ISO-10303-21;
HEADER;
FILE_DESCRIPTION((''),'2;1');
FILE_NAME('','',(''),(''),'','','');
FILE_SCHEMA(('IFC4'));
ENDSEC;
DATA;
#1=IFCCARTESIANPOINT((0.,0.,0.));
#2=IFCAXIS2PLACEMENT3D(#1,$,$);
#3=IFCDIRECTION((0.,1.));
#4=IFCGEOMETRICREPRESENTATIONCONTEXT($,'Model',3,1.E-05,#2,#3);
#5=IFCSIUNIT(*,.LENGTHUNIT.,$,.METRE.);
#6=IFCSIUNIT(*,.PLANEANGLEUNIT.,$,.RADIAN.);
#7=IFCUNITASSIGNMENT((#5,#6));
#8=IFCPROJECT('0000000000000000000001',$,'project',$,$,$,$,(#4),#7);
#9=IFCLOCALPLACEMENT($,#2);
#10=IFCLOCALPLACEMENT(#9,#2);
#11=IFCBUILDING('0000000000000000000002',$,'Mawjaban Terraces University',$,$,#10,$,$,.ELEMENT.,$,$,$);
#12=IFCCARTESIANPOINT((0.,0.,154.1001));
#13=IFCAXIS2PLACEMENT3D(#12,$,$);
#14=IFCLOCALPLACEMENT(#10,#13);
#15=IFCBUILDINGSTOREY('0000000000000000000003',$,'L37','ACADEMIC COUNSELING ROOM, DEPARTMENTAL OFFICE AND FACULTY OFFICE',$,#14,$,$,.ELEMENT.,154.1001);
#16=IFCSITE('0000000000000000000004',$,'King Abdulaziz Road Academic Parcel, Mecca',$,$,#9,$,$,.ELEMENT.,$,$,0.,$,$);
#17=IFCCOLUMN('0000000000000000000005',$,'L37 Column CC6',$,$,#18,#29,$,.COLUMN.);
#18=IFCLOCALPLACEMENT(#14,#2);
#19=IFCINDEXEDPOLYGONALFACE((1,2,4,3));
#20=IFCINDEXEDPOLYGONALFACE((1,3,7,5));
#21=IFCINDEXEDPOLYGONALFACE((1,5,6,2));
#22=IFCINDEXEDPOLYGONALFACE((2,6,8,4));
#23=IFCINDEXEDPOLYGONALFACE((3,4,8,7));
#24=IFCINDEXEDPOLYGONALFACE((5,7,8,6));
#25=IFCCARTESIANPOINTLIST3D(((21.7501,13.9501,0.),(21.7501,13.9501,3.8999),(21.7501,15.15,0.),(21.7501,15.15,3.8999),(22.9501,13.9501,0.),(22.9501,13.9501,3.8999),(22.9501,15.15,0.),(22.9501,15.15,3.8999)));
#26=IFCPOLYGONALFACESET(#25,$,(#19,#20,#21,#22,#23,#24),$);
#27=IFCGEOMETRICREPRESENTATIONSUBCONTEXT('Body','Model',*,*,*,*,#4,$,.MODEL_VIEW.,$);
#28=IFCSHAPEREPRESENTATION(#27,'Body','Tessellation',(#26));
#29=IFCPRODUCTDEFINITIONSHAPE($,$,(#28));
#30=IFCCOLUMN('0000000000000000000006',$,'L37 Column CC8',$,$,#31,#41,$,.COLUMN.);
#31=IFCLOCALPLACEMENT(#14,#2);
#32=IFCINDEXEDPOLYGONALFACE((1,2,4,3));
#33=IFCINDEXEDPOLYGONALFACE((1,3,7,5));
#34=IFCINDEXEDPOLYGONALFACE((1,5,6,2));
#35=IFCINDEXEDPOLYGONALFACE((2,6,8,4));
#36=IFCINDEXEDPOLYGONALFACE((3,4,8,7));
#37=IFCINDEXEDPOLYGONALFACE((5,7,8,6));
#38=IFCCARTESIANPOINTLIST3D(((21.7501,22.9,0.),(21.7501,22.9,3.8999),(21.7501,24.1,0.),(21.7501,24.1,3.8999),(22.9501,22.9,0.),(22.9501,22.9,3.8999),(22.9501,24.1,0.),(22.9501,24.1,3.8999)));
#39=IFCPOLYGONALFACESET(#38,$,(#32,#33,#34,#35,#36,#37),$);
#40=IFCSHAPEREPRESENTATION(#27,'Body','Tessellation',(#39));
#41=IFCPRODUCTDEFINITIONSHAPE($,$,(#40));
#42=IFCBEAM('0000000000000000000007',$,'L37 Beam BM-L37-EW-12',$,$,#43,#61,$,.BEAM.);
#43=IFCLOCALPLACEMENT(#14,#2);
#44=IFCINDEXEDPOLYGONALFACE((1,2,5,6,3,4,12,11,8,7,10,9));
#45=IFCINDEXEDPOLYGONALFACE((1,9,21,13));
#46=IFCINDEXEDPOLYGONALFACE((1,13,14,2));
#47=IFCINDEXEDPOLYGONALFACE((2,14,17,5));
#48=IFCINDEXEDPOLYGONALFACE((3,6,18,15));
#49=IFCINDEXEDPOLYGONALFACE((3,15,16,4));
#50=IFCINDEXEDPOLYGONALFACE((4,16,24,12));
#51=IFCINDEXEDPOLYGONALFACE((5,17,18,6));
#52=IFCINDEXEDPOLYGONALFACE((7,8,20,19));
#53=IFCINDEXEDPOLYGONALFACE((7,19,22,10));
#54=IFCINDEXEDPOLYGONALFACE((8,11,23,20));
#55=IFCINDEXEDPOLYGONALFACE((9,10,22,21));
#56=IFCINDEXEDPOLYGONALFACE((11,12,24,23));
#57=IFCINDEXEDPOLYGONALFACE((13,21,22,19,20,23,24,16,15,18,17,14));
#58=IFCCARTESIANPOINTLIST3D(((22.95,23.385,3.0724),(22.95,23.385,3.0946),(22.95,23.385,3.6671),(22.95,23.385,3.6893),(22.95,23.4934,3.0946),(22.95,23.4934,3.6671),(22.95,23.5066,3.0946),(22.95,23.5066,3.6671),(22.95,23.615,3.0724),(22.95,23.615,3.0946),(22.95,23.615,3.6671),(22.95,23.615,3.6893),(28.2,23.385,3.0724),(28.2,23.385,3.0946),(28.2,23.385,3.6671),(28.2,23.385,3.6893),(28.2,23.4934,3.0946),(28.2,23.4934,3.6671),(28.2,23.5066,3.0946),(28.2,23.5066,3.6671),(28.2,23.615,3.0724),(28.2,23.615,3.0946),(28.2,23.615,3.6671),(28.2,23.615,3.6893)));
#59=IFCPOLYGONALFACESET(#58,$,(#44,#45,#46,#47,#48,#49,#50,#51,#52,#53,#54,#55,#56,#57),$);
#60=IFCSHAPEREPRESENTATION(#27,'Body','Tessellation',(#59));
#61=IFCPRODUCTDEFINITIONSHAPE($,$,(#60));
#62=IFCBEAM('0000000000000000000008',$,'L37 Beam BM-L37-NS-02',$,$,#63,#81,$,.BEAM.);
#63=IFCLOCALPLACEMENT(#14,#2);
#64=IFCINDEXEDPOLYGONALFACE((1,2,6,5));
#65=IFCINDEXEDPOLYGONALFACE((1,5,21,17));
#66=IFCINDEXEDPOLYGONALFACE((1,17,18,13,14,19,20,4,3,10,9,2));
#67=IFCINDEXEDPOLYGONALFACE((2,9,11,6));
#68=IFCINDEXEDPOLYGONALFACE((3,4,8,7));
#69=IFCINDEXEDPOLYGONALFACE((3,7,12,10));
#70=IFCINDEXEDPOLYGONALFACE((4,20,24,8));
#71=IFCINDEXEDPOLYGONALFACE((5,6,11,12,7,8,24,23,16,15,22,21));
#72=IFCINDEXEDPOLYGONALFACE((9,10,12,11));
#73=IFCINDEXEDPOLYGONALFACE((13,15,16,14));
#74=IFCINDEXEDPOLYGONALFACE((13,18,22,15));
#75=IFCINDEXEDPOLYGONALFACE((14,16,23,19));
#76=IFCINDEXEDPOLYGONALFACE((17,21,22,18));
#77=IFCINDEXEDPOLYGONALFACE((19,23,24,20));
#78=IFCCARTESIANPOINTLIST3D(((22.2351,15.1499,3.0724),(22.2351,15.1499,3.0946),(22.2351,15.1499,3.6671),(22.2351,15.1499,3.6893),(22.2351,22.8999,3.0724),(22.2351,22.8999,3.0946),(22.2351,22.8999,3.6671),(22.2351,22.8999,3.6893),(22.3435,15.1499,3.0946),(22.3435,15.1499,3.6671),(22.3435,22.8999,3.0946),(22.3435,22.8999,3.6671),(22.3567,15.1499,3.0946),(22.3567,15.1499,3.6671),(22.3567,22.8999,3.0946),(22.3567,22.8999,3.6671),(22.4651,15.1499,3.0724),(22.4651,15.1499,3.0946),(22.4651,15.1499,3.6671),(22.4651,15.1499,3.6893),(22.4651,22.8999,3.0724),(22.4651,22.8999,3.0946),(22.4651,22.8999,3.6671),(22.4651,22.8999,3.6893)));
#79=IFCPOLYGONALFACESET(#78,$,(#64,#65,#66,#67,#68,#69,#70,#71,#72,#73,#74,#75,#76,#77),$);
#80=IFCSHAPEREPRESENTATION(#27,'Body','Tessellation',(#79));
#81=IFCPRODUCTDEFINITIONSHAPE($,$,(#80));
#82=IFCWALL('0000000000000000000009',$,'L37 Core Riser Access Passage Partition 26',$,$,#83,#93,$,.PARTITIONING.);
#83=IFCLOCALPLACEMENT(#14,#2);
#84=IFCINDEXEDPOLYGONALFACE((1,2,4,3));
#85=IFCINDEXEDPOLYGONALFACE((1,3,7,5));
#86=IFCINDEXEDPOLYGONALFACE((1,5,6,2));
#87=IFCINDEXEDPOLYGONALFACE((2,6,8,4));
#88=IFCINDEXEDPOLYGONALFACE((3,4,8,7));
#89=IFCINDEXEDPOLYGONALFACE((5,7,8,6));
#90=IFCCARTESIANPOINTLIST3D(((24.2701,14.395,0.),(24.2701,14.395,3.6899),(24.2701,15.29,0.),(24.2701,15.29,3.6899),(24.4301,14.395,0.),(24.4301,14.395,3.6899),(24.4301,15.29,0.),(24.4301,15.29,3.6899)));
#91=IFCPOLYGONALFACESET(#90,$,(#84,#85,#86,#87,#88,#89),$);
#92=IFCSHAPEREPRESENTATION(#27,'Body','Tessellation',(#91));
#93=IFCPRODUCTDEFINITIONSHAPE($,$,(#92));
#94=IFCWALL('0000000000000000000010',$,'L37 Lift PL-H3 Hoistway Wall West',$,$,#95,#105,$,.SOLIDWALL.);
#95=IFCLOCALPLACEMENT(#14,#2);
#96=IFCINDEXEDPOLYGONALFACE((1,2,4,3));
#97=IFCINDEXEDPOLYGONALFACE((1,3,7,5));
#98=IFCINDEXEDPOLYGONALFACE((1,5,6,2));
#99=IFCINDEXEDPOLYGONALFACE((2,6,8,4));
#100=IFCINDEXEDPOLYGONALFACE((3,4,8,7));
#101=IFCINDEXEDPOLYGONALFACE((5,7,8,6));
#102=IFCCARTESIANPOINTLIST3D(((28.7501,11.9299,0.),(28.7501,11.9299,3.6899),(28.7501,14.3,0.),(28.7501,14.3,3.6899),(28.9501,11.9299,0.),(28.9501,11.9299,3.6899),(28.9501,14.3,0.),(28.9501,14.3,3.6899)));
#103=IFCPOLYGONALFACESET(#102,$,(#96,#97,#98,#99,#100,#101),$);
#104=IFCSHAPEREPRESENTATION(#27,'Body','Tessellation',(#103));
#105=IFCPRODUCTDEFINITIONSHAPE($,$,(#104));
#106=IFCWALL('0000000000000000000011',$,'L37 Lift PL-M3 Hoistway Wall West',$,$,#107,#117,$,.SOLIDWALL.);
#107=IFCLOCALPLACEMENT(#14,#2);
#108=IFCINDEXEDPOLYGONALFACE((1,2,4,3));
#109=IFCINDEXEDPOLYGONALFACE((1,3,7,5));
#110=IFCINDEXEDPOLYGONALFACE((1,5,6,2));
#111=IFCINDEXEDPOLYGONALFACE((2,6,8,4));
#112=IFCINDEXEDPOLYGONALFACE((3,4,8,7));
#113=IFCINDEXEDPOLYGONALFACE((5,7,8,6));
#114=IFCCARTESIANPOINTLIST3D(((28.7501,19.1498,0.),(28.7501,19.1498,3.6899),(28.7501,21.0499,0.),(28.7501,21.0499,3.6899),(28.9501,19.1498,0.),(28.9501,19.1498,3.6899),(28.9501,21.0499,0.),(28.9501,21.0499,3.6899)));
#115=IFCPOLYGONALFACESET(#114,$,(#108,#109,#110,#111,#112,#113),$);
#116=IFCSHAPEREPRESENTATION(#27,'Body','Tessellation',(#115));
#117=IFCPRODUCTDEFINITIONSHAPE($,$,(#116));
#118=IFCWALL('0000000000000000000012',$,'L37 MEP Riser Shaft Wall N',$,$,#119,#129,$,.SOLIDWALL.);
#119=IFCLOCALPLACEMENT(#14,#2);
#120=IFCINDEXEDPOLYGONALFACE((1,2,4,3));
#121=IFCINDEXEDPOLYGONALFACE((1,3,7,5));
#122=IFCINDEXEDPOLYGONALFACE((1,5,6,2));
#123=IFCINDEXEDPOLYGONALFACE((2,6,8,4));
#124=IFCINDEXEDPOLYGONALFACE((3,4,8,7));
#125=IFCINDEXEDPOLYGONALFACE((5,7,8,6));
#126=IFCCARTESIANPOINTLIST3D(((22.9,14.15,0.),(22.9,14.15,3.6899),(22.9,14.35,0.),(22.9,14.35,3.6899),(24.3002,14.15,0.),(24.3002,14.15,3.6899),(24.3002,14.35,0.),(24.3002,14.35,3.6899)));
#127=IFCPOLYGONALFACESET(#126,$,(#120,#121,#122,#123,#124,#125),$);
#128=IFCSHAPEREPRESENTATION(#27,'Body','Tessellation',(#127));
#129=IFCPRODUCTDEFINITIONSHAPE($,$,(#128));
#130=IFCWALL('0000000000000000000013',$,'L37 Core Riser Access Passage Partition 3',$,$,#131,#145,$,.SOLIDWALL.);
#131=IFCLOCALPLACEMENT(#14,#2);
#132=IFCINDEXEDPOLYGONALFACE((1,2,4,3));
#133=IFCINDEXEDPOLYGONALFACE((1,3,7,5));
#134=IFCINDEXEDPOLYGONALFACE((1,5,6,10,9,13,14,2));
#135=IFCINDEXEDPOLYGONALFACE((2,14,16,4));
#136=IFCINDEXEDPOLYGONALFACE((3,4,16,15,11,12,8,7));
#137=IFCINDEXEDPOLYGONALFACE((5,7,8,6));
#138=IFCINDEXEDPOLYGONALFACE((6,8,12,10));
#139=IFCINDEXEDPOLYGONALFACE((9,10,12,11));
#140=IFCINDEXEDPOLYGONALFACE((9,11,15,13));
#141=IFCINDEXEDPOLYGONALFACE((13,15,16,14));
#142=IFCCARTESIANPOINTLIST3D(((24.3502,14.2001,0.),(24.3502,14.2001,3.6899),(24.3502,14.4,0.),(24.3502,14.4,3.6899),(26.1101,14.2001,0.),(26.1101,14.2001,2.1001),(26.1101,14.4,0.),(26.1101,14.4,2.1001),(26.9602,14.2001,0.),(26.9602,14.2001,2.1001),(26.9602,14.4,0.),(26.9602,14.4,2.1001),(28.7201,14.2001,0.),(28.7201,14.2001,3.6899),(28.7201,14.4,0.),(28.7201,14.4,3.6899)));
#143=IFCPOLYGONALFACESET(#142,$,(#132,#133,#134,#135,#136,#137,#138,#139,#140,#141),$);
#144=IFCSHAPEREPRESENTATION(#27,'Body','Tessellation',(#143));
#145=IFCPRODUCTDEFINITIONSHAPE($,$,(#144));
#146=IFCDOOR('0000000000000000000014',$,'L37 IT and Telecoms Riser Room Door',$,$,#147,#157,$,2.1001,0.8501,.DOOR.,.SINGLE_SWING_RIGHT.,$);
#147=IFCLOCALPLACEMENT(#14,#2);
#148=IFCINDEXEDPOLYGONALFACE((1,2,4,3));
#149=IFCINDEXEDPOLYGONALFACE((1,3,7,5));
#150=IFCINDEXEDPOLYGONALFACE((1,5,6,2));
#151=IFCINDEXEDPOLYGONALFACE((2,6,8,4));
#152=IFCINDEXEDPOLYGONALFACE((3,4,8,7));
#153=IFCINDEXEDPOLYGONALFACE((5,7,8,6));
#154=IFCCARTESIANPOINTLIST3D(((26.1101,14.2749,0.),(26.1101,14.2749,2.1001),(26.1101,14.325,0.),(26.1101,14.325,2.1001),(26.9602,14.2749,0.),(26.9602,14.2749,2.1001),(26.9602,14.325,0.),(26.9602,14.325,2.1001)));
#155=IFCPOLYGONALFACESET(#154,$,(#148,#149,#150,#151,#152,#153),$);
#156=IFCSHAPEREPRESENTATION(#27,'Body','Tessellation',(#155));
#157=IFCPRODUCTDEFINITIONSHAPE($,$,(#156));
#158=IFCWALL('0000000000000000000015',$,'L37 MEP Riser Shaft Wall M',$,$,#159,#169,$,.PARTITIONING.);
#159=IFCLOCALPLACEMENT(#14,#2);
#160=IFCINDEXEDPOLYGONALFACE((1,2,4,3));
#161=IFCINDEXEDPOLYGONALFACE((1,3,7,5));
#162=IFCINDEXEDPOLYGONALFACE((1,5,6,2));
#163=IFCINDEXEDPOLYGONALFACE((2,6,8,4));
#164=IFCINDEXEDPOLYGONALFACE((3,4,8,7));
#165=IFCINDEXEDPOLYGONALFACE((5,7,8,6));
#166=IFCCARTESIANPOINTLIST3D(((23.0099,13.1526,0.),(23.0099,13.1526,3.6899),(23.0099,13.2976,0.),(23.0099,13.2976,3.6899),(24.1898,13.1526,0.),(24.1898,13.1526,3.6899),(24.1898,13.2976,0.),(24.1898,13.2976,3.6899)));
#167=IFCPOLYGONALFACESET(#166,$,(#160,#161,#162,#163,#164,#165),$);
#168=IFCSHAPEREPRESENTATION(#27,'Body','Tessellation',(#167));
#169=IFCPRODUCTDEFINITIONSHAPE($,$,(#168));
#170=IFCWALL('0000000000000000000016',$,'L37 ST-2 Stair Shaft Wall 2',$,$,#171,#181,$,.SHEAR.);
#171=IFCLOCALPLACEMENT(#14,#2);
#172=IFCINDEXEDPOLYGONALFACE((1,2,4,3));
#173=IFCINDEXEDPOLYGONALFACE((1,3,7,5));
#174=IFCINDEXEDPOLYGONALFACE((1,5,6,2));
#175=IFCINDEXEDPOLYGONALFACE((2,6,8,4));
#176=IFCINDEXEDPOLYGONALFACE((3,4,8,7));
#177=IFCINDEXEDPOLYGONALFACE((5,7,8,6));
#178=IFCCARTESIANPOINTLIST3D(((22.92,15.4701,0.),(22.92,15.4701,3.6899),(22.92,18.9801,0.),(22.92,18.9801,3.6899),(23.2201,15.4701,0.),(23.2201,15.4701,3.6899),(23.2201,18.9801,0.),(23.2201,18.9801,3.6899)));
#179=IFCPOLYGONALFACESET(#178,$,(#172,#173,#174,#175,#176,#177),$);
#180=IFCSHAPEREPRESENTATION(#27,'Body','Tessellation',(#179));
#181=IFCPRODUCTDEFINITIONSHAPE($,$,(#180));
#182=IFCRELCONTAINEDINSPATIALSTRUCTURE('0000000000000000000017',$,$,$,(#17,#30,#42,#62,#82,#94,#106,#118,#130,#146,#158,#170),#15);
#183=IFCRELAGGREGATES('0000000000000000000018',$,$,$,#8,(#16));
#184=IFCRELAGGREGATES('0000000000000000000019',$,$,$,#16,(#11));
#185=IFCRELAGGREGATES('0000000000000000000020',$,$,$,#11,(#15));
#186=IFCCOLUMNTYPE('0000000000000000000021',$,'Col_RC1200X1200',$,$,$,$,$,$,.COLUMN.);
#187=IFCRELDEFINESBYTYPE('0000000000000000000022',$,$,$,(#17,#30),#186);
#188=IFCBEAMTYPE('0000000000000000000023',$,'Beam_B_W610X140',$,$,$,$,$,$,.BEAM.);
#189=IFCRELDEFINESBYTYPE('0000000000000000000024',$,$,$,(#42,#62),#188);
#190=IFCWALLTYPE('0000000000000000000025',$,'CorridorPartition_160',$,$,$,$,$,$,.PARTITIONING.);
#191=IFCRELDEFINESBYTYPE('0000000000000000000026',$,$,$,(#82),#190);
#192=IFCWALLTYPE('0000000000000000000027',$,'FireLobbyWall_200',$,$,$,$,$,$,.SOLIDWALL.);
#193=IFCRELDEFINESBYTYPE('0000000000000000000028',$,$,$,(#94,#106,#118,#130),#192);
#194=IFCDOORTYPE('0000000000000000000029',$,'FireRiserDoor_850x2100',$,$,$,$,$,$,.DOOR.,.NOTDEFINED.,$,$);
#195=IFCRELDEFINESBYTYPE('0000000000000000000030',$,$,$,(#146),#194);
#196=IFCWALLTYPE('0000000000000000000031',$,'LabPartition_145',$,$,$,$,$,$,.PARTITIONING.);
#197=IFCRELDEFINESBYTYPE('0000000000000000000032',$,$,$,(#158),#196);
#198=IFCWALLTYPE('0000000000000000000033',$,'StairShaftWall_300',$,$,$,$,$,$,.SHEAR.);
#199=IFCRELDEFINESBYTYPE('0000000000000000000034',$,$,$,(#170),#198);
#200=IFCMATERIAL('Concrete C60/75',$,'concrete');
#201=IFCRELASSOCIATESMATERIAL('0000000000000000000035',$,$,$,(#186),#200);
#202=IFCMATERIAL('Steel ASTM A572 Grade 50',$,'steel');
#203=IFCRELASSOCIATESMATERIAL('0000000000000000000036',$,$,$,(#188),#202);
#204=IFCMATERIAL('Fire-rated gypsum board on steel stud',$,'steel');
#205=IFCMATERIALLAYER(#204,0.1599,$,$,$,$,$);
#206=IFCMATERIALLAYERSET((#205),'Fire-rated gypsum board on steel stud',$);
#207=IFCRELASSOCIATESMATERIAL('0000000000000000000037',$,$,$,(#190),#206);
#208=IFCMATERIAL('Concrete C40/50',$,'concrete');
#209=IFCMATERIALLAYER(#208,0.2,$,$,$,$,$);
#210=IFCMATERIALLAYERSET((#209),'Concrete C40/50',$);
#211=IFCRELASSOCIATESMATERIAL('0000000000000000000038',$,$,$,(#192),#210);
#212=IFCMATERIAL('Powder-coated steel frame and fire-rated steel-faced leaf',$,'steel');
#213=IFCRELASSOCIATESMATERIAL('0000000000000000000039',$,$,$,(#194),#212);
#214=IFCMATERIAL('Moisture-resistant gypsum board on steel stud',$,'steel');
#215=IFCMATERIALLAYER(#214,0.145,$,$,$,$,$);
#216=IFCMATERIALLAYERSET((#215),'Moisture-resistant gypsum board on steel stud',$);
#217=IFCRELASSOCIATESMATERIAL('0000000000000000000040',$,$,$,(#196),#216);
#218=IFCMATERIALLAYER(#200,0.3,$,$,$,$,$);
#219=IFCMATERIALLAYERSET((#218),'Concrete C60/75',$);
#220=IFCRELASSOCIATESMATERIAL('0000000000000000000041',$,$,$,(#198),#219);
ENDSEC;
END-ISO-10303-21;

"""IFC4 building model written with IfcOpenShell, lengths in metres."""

from ifc_helpers import new_model, si_unit, direction, frame, frame_2d, origin, origin_2d, place, context, subcontext, project, spatial, rectangle, i_section, extrude, material, layer, layer_set, material_profile, profile_set, type_object, element, fill, save


model = new_model("IFC4")

# Units and contexts
model_context = context("Model", 3, precision=1e-05, world=origin(), true_north=direction((0.0, 1.0)))
body_context = subcontext(model_context, "Body", "Model", "MODEL_VIEW")
ifc_project = project(units=[si_unit("LENGTHUNIT", "METRE"), si_unit("PLANEANGLEUNIT", "RADIAN")], contexts=[model_context])

# Site, building, storey
site_placement = place(None, origin())
site = spatial("IfcSite", under=ifc_project, at=site_placement, Name="King Abdulaziz Road Academic Parcel, Mecca", CompositionType="ELEMENT", RefElevation=0.0)
building_placement = place(site_placement, origin())
building = spatial("IfcBuilding", under=site, at=building_placement, Name="Mawjaban Terraces University", CompositionType="ELEMENT")
storey_placement = place(building_placement, frame((0.0, 0.0, 154.1001)))
storey = spatial("IfcBuildingStorey", under=building, at=storey_placement, Name="L37", Description="ACADEMIC COUNSELING ROOM, DEPARTMENTAL OFFICE AND FACULTY OFFICE", CompositionType="ELEMENT", Elevation=154.1001)

# Columns
ifc_material_1 = material(Name="Concrete C60/75", Category="concrete")
ifc_material_profile_1 = material_profile(ifc_material_1, rectangle(XDim=1.2, YDim=1.2, at=origin_2d()), Name="RC1200X1200")
ifc_profile_set_1 = profile_set([ifc_material_profile_1], Name="Concrete C60/75")
column_type = type_object("IfcColumnType", Name="Col_RC1200X1200", PredefinedType="COLUMN", material=ifc_profile_set_1)
for number, where, z_axis, x_axis, name in (
    (1, (22.3501, 14.55, 0.0), (0.0, 0.0, 1.0), (1.0, 0.0, 0.0), "L37 Column CC6"),
    (2, (22.3501, 23.5, 0.0), (0.0, 0.0, 1.0), (1.0, 0.0, 0.0), "L37 Column CC8"),
):
    element("IfcColumn", number, at=place(storey_placement, frame(where, z_axis=z_axis, x_axis=x_axis)), inside=storey, type_object=column_type, Name=name, PredefinedType="COLUMN", context=body_context, shape_type="SweptSolid", body=[
        extrude(rectangle(XDim=1.2, YDim=1.2, at=origin_2d()), origin(), (0.0, 0.0, 1.0), 3.8999),
    ])

# Beams
ifc_material_2 = material(Name="Steel ASTM A572 Grade 50", Category="steel")
ifc_material_profile_2 = material_profile(ifc_material_2, i_section(OverallWidth=0.23, OverallDepth=0.6169, WebThickness=0.0132, FlangeThickness=0.0222, at=origin_2d()), Name="W610X140")
ifc_profile_set_2 = profile_set([ifc_material_profile_2], Name="Steel ASTM A572 Grade 50")
beam_type = type_object("IfcBeamType", Name="Beam_B_W610X140", PredefinedType="BEAM", material=ifc_profile_set_2)
beam_1_placement = place(storey_placement, frame((22.95, 23.5, 3.3809), z_axis=(1.0, 0.0, 0.0), x_axis=(0.0, 1.0, 0.0)))
element("IfcBeam", 3, at=beam_1_placement, inside=storey, type_object=beam_type, Name="L37 Beam BM-L37-EW-12", PredefinedType="BEAM", context=body_context, shape_type="SweptSolid", body=[
    extrude(i_section(OverallWidth=0.23, OverallDepth=0.6169, WebThickness=0.0132, FlangeThickness=0.0222, at=origin_2d()), origin(), (0.0, 0.0, 1.0), 5.25),
])
beam_2_placement = place(storey_placement, frame((22.3501, 15.1499, 3.3809), z_axis=(0.0, 1.0, 0.0), x_axis=(-1.0, 0.0, 0.0)))
element("IfcBeam", 4, at=beam_2_placement, inside=storey, type_object=beam_type, Name="L37 Beam BM-L37-NS-02", PredefinedType="BEAM", context=body_context, shape_type="SweptSolid", body=[
    extrude(i_section(OverallWidth=0.23, OverallDepth=0.6169, WebThickness=0.0132, FlangeThickness=0.0222, at=origin_2d()), origin(), (0.0, 0.0, 1.0), 7.75),
])

# Walls
ifc_material_3 = material(Name="Fire-rated gypsum board on steel stud", Category="steel")
ifc_layer_1 = layer(ifc_material_3, 0.1599)
ifc_layer_set_1 = layer_set([ifc_layer_1], Name="Fire-rated gypsum board on steel stud")
wall_type_1 = type_object("IfcWallType", Name="CorridorPartition_160", PredefinedType="PARTITIONING", material=ifc_layer_set_1)
wall_1_placement = place(storey_placement, frame((24.3501, 15.29, 0.0), z_axis=(0.0, 0.0, 1.0), x_axis=(0.0, -1.0, 0.0)))
element("IfcWall", 5, at=wall_1_placement, inside=storey, type_object=wall_type_1, Name="L37 Core Riser Access Passage Partition 26", PredefinedType="PARTITIONING", context=body_context, shape_type="SweptSolid", body=[
    extrude(rectangle(XDim=0.895, YDim=0.1599, at=frame_2d((0.4475, 0.0))), origin(), (0.0, 0.0, 1.0), 3.6899),
])
ifc_material_4 = material(Name="Concrete C40/50", Category="concrete")
ifc_layer_2 = layer(ifc_material_4, 0.2)
ifc_layer_set_2 = layer_set([ifc_layer_2], Name="Concrete C40/50")
wall_type_2 = type_object("IfcWallType", Name="FireLobbyWall_200", PredefinedType="SOLIDWALL", material=ifc_layer_set_2)
wall_2_placement = place(storey_placement, frame((28.8501, 14.3, 0.0), z_axis=(0.0, 0.0, 1.0), x_axis=(0.0, -1.0, 0.0)))
element("IfcWall", 6, at=wall_2_placement, inside=storey, type_object=wall_type_2, Name="L37 Lift PL-H3 Hoistway Wall West", PredefinedType="SOLIDWALL", context=body_context, shape_type="SweptSolid", body=[
    extrude(rectangle(XDim=2.3701, YDim=0.2, at=frame_2d((1.1851, 0.0))), origin(), (0.0, 0.0, 1.0), 3.6899),
])
wall_3_placement = place(storey_placement, frame((28.8501, 21.05, 0.0), z_axis=(0.0, 0.0, 1.0), x_axis=(0.0, -1.0, 0.0)))
element("IfcWall", 7, at=wall_3_placement, inside=storey, type_object=wall_type_2, Name="L37 Lift PL-M3 Hoistway Wall West", PredefinedType="SOLIDWALL", context=body_context, shape_type="SweptSolid", body=[
    extrude(rectangle(XDim=1.9001, YDim=0.2, at=frame_2d((0.9502, 0.0))), origin(), (0.0, 0.0, 1.0), 3.6899),
])
wall_4_placement = place(storey_placement, frame((22.8999, 14.25, 0.0), z_axis=(0.0, 0.0, 1.0), x_axis=(1.0, 0.0, 0.0)))
element("IfcWall", 8, at=wall_4_placement, inside=storey, type_object=wall_type_2, Name="L37 MEP Riser Shaft Wall N", PredefinedType="SOLIDWALL", context=body_context, shape_type="SweptSolid", body=[
    extrude(rectangle(XDim=1.4001, YDim=0.2, at=frame_2d((0.7002, 0.0))), origin(), (0.0, 0.0, 1.0), 3.6899),
])

# Wall, opening, door
wall_5_placement = place(storey_placement, frame((24.3501, 14.3, 0.0), z_axis=(0.0, 0.0, 1.0), x_axis=(1.0, 0.0, 0.0)))
wall_5 = element("IfcWall", 9, at=wall_5_placement, inside=storey, type_object=wall_type_2, Name="L37 Core Riser Access Passage Partition 3", PredefinedType="SOLIDWALL", context=body_context, shape_type="SweptSolid", body=[
    extrude(rectangle(XDim=4.3699, YDim=0.2, at=frame_2d((2.1851, 0.0))), origin(), (0.0, 0.0, 1.0), 3.6899),
])
opening_placement = place(wall_5_placement, frame((1.76, 0.0, 0.0)))
opening = element("IfcOpeningElement", 10, at=opening_placement, cuts=wall_5, PredefinedType="OPENING", context=body_context, shape_type="SweptSolid", body=[
    extrude(rectangle(XDim=0.8501, YDim=2.1001, at=frame_2d((0.425, 1.05))), frame((0.0, 0.1099, 0.0), z_axis=(0.0, -1.0, 0.0), x_axis=(1.0, 0.0, 0.0)), (0.0, 0.0, 1.0), 0.22),
])
ifc_material_5 = material(Name="Powder-coated steel frame and fire-rated steel-faced leaf", Category="steel")
door_type = type_object("IfcDoorType", Name="FireRiserDoor_850x2100", OperationType="NOTDEFINED", PredefinedType="DOOR", material=ifc_material_5)
door_placement = place(opening_placement, origin())
door = element("IfcDoor", 11, at=door_placement, inside=storey, type_object=door_type, Name="L37 IT and Telecoms Riser Room Door", OperationType="SINGLE_SWING_RIGHT", OverallHeight=2.1001, OverallWidth=0.8501, PredefinedType="DOOR", context=body_context, shape_type="SweptSolid", body=[
    extrude(rectangle(XDim=0.8501, YDim=2.1001, at=frame_2d((0.425, 1.05))), frame((0.0, 0.0249, 0.0), z_axis=(0.0, -1.0, 0.0), x_axis=(1.0, 0.0, 0.0)), (0.0, 0.0, 1.0), 0.05),
])
fill(opening, door)

# Walls
ifc_material_6 = material(Name="Moisture-resistant gypsum board on steel stud", Category="steel")
ifc_layer_3 = layer(ifc_material_6, 0.145)
ifc_layer_set_3 = layer_set([ifc_layer_3], Name="Moisture-resistant gypsum board on steel stud")
wall_type_3 = type_object("IfcWallType", Name="LabPartition_145", PredefinedType="PARTITIONING", material=ifc_layer_set_3)
wall_6_placement = place(storey_placement, frame((23.01, 13.2251, 0.0), z_axis=(0.0, 0.0, 1.0), x_axis=(1.0, 0.0, 0.0)))
element("IfcWall", 12, at=wall_6_placement, inside=storey, type_object=wall_type_3, Name="L37 MEP Riser Shaft Wall M", PredefinedType="PARTITIONING", context=body_context, shape_type="SweptSolid", body=[
    extrude(rectangle(XDim=1.1799, YDim=0.145, at=frame_2d((0.5898, 0.0))), origin(), (0.0, 0.0, 1.0), 3.6899),
])
ifc_layer_4 = layer(ifc_material_1, 0.3)
ifc_layer_set_4 = layer_set([ifc_layer_4], Name="Concrete C60/75")
wall_type_4 = type_object("IfcWallType", Name="StairShaftWall_300", PredefinedType="SHEAR", material=ifc_layer_set_4)
wall_7_placement = place(storey_placement, frame((23.0701, 18.98, 0.0), z_axis=(0.0, 0.0, 1.0), x_axis=(0.0, -1.0, 0.0)))
element("IfcWall", 13, at=wall_7_placement, inside=storey, type_object=wall_type_4, Name="L37 ST-2 Stair Shaft Wall 2", PredefinedType="SHEAR", context=body_context, shape_type="SweptSolid", body=[
    extrude(rectangle(XDim=3.51, YDim=0.3, at=frame_2d((1.7549, 0.0))), origin(), (0.0, 0.0, 1.0), 3.6899),
])

save(model, "model.ifc")
